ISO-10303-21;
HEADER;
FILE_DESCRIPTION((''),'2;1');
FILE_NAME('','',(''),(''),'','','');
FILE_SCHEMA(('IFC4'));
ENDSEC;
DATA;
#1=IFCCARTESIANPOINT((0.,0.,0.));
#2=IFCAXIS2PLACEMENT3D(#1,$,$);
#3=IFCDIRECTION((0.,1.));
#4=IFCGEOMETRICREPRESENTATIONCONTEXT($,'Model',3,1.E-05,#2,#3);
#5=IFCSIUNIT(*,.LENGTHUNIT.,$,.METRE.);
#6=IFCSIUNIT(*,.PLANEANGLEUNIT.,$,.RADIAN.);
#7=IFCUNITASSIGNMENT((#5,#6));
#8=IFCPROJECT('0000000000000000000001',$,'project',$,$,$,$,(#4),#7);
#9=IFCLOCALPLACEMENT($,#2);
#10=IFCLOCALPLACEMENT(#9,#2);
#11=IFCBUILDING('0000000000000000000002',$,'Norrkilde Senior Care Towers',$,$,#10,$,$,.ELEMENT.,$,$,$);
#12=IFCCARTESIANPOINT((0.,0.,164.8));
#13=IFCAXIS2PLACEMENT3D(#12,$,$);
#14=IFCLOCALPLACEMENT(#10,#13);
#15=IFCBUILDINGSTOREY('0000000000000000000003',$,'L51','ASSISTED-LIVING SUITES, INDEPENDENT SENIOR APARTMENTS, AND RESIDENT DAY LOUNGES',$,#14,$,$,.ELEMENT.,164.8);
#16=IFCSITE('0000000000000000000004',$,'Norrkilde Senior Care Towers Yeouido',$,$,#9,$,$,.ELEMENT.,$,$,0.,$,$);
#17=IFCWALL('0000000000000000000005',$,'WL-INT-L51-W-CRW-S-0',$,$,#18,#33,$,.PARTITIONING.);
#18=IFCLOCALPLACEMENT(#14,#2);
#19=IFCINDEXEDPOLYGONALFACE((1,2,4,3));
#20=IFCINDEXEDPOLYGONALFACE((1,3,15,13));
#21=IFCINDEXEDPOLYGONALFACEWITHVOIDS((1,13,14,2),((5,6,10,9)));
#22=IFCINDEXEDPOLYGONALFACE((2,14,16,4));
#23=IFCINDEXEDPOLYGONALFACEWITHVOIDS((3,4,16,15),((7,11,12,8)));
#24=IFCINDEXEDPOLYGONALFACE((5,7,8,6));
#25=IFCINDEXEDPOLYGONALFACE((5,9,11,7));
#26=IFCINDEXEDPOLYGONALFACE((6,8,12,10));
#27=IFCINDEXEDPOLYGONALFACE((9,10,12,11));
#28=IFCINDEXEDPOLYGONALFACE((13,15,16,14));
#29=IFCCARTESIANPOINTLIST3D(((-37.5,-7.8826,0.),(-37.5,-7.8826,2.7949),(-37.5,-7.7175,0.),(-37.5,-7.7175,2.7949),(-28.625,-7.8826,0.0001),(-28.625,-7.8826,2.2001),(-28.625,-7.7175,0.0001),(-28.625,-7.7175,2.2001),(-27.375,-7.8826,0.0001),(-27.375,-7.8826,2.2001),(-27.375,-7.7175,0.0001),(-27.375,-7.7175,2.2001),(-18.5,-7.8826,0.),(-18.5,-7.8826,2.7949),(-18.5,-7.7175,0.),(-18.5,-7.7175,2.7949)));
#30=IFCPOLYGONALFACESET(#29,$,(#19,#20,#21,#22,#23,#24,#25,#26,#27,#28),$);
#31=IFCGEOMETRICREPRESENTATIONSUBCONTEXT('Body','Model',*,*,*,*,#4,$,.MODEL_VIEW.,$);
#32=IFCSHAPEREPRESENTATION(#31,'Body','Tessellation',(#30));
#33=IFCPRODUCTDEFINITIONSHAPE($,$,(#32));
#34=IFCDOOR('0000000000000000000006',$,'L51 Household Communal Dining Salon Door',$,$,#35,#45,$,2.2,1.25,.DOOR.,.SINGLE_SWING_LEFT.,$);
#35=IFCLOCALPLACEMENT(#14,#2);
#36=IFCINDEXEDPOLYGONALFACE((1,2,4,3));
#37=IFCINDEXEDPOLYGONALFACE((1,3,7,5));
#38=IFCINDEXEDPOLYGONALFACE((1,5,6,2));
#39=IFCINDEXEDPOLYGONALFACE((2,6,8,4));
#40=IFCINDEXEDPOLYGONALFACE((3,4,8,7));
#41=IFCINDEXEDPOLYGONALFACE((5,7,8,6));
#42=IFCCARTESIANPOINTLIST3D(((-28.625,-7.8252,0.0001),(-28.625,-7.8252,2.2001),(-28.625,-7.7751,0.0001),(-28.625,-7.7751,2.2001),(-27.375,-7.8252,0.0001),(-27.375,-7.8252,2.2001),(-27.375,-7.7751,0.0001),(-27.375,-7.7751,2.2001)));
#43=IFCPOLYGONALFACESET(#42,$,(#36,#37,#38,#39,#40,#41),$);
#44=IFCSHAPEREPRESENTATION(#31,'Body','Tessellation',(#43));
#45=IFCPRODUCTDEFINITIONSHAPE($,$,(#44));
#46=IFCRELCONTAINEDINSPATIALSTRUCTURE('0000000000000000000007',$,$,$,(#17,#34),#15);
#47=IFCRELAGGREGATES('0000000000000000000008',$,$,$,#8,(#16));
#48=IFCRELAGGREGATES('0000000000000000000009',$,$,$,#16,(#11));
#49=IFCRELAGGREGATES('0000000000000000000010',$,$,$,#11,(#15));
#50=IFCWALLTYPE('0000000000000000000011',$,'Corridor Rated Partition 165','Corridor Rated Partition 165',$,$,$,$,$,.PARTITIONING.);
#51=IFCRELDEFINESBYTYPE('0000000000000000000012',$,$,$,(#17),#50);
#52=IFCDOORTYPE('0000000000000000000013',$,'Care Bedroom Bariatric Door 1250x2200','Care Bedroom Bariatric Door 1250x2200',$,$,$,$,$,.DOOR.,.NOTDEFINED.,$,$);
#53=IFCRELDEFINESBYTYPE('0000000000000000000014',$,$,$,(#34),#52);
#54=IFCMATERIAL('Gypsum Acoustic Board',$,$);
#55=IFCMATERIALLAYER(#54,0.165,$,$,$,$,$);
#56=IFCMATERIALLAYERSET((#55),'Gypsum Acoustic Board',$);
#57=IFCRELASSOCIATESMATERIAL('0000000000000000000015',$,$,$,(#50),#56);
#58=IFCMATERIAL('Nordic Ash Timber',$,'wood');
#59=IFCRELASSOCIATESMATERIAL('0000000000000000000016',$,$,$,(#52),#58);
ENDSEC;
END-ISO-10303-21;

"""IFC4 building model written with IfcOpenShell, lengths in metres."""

from ifc_helpers import new_model, si_unit, direction, frame, frame_2d, origin, place, context, subcontext, project, spatial, rectangle, extrude, source, transform, mapped, material, layer, layer_set, type_object, type_shapes, element, fill, save


model = new_model("IFC4")

# Units and contexts
model_context = context("Model", 3, precision=1e-05, world=origin(), true_north=direction((0.0, 1.0)))
body_context = subcontext(model_context, "Body", "Model", "MODEL_VIEW")
ifc_project = project(units=[si_unit("LENGTHUNIT", "METRE"), si_unit("PLANEANGLEUNIT", "RADIAN")], contexts=[model_context])

# Site, building, storey
site_placement = place(None, origin())
site = spatial("IfcSite", under=ifc_project, at=site_placement, Name="Norrkilde Senior Care Towers Yeouido", CompositionType="ELEMENT", RefElevation=0.0)
building_placement = place(site_placement, origin())
building = spatial("IfcBuilding", under=site, at=building_placement, Name="Norrkilde Senior Care Towers", CompositionType="ELEMENT")
storey_placement = place(building_placement, frame((0.0, 0.0, 164.8)))
storey = spatial("IfcBuildingStorey", under=building, at=storey_placement, Name="L51", Description="ASSISTED-LIVING SUITES, INDEPENDENT SENIOR APARTMENTS, AND RESIDENT DAY LOUNGES", CompositionType="ELEMENT", Elevation=164.8)

# Shared definitions
ifc_material_1 = material(Name="Gypsum Acoustic Board")
ifc_layer_1 = layer(ifc_material_1, 0.165)
ifc_layer_set_1 = layer_set([ifc_layer_1], Name="Gypsum Acoustic Board")
wall_type_1 = type_object("IfcWallType", Name="Corridor Rated Partition 165", Description="Corridor Rated Partition 165", PredefinedType="PARTITIONING", material=ifc_layer_set_1)

# Wall, opening, door
shared_shape_1 = source(origin(), body_context, "Body", "SweptSolid", [
    extrude(rectangle(XDim=19.0, YDim=0.165, at=frame_2d((9.5, 0.0))), origin(), (0.0, 0.0, 1.0), 2.7949),
])
wall_1_placement = place(storey_placement, frame((-18.5, -7.8, 0.0), z_axis=(0.0, 0.0, 1.0), x_axis=(-1.0, 0.0, 0.0)))
wall_1 = element("IfcWall", 1, at=wall_1_placement, inside=storey, type_object=wall_type_1, Name="WL-INT-L51-W-CRW-S-0", PredefinedType="PARTITIONING", context=body_context, shape_type="MappedRepresentation", body=[
    mapped(shared_shape_1, transform((0.0, 0.0, 0.0), x_axis=(1.0, 0.0, 0.0), y_axis=(0.0, 1.0, 0.0), z_axis=(0.0, 0.0, 1.0), scale=1.0)),
])
opening_1_placement = place(wall_1_placement, frame((8.875, 0.0, 0.0)))
opening_1 = element("IfcOpeningElement", 2, at=opening_1_placement, cuts=wall_1, PredefinedType="OPENING", context=body_context, shape_type="SweptSolid", body=[
    extrude(rectangle(XDim=1.25, YDim=2.2, at=frame_2d((0.625, 1.1001))), frame((0.0, 0.0925, 0.0), z_axis=(0.0, -1.0, 0.0), x_axis=(1.0, 0.0, 0.0)), (0.0, 0.0, 1.0), 0.1851),
])
ifc_material_2 = material(Name="Nordic Ash Timber", Category="wood")
door_type_1 = type_object("IfcDoorType", Name="Care Bedroom Bariatric Door 1250x2200", Description="Care Bedroom Bariatric Door 1250x2200", OperationType="NOTDEFINED", PredefinedType="DOOR", material=ifc_material_2)
shared_shape_2 = source(origin(), body_context, "Body", "SweptSolid", [
    extrude(rectangle(XDim=1.25, YDim=2.2, at=frame_2d((0.625, 1.1001))), frame((0.0, 0.0249, 0.0), z_axis=(0.0, -1.0, 0.0), x_axis=(1.0, 0.0, 0.0)), (0.0, 0.0, 1.0), 0.05),
])
type_shapes(door_type_1, [shared_shape_2])
door_1_placement = place(opening_1_placement, frame((1.25, 0.0, 0.0), z_axis=(0.0, 0.0, 1.0), x_axis=(-1.0, 0.0, 0.0)))
door_1 = element("IfcDoor", 3, at=door_1_placement, inside=storey, type_object=door_type_1, Name="L51 Household Communal Dining Salon Door", OperationType="SINGLE_SWING_LEFT", OverallHeight=2.2, OverallWidth=1.25, PredefinedType="DOOR", context=body_context, shape_type="MappedRepresentation", body=[
    mapped(shared_shape_2, transform((0.0, 0.0, 0.0), x_axis=(1.0, 0.0, 0.0), y_axis=(0.0, 1.0, 0.0), z_axis=(0.0, 0.0, 1.0), scale=1.0)),
])
fill(opening_1, door_1)

save(model, "model.ifc")
